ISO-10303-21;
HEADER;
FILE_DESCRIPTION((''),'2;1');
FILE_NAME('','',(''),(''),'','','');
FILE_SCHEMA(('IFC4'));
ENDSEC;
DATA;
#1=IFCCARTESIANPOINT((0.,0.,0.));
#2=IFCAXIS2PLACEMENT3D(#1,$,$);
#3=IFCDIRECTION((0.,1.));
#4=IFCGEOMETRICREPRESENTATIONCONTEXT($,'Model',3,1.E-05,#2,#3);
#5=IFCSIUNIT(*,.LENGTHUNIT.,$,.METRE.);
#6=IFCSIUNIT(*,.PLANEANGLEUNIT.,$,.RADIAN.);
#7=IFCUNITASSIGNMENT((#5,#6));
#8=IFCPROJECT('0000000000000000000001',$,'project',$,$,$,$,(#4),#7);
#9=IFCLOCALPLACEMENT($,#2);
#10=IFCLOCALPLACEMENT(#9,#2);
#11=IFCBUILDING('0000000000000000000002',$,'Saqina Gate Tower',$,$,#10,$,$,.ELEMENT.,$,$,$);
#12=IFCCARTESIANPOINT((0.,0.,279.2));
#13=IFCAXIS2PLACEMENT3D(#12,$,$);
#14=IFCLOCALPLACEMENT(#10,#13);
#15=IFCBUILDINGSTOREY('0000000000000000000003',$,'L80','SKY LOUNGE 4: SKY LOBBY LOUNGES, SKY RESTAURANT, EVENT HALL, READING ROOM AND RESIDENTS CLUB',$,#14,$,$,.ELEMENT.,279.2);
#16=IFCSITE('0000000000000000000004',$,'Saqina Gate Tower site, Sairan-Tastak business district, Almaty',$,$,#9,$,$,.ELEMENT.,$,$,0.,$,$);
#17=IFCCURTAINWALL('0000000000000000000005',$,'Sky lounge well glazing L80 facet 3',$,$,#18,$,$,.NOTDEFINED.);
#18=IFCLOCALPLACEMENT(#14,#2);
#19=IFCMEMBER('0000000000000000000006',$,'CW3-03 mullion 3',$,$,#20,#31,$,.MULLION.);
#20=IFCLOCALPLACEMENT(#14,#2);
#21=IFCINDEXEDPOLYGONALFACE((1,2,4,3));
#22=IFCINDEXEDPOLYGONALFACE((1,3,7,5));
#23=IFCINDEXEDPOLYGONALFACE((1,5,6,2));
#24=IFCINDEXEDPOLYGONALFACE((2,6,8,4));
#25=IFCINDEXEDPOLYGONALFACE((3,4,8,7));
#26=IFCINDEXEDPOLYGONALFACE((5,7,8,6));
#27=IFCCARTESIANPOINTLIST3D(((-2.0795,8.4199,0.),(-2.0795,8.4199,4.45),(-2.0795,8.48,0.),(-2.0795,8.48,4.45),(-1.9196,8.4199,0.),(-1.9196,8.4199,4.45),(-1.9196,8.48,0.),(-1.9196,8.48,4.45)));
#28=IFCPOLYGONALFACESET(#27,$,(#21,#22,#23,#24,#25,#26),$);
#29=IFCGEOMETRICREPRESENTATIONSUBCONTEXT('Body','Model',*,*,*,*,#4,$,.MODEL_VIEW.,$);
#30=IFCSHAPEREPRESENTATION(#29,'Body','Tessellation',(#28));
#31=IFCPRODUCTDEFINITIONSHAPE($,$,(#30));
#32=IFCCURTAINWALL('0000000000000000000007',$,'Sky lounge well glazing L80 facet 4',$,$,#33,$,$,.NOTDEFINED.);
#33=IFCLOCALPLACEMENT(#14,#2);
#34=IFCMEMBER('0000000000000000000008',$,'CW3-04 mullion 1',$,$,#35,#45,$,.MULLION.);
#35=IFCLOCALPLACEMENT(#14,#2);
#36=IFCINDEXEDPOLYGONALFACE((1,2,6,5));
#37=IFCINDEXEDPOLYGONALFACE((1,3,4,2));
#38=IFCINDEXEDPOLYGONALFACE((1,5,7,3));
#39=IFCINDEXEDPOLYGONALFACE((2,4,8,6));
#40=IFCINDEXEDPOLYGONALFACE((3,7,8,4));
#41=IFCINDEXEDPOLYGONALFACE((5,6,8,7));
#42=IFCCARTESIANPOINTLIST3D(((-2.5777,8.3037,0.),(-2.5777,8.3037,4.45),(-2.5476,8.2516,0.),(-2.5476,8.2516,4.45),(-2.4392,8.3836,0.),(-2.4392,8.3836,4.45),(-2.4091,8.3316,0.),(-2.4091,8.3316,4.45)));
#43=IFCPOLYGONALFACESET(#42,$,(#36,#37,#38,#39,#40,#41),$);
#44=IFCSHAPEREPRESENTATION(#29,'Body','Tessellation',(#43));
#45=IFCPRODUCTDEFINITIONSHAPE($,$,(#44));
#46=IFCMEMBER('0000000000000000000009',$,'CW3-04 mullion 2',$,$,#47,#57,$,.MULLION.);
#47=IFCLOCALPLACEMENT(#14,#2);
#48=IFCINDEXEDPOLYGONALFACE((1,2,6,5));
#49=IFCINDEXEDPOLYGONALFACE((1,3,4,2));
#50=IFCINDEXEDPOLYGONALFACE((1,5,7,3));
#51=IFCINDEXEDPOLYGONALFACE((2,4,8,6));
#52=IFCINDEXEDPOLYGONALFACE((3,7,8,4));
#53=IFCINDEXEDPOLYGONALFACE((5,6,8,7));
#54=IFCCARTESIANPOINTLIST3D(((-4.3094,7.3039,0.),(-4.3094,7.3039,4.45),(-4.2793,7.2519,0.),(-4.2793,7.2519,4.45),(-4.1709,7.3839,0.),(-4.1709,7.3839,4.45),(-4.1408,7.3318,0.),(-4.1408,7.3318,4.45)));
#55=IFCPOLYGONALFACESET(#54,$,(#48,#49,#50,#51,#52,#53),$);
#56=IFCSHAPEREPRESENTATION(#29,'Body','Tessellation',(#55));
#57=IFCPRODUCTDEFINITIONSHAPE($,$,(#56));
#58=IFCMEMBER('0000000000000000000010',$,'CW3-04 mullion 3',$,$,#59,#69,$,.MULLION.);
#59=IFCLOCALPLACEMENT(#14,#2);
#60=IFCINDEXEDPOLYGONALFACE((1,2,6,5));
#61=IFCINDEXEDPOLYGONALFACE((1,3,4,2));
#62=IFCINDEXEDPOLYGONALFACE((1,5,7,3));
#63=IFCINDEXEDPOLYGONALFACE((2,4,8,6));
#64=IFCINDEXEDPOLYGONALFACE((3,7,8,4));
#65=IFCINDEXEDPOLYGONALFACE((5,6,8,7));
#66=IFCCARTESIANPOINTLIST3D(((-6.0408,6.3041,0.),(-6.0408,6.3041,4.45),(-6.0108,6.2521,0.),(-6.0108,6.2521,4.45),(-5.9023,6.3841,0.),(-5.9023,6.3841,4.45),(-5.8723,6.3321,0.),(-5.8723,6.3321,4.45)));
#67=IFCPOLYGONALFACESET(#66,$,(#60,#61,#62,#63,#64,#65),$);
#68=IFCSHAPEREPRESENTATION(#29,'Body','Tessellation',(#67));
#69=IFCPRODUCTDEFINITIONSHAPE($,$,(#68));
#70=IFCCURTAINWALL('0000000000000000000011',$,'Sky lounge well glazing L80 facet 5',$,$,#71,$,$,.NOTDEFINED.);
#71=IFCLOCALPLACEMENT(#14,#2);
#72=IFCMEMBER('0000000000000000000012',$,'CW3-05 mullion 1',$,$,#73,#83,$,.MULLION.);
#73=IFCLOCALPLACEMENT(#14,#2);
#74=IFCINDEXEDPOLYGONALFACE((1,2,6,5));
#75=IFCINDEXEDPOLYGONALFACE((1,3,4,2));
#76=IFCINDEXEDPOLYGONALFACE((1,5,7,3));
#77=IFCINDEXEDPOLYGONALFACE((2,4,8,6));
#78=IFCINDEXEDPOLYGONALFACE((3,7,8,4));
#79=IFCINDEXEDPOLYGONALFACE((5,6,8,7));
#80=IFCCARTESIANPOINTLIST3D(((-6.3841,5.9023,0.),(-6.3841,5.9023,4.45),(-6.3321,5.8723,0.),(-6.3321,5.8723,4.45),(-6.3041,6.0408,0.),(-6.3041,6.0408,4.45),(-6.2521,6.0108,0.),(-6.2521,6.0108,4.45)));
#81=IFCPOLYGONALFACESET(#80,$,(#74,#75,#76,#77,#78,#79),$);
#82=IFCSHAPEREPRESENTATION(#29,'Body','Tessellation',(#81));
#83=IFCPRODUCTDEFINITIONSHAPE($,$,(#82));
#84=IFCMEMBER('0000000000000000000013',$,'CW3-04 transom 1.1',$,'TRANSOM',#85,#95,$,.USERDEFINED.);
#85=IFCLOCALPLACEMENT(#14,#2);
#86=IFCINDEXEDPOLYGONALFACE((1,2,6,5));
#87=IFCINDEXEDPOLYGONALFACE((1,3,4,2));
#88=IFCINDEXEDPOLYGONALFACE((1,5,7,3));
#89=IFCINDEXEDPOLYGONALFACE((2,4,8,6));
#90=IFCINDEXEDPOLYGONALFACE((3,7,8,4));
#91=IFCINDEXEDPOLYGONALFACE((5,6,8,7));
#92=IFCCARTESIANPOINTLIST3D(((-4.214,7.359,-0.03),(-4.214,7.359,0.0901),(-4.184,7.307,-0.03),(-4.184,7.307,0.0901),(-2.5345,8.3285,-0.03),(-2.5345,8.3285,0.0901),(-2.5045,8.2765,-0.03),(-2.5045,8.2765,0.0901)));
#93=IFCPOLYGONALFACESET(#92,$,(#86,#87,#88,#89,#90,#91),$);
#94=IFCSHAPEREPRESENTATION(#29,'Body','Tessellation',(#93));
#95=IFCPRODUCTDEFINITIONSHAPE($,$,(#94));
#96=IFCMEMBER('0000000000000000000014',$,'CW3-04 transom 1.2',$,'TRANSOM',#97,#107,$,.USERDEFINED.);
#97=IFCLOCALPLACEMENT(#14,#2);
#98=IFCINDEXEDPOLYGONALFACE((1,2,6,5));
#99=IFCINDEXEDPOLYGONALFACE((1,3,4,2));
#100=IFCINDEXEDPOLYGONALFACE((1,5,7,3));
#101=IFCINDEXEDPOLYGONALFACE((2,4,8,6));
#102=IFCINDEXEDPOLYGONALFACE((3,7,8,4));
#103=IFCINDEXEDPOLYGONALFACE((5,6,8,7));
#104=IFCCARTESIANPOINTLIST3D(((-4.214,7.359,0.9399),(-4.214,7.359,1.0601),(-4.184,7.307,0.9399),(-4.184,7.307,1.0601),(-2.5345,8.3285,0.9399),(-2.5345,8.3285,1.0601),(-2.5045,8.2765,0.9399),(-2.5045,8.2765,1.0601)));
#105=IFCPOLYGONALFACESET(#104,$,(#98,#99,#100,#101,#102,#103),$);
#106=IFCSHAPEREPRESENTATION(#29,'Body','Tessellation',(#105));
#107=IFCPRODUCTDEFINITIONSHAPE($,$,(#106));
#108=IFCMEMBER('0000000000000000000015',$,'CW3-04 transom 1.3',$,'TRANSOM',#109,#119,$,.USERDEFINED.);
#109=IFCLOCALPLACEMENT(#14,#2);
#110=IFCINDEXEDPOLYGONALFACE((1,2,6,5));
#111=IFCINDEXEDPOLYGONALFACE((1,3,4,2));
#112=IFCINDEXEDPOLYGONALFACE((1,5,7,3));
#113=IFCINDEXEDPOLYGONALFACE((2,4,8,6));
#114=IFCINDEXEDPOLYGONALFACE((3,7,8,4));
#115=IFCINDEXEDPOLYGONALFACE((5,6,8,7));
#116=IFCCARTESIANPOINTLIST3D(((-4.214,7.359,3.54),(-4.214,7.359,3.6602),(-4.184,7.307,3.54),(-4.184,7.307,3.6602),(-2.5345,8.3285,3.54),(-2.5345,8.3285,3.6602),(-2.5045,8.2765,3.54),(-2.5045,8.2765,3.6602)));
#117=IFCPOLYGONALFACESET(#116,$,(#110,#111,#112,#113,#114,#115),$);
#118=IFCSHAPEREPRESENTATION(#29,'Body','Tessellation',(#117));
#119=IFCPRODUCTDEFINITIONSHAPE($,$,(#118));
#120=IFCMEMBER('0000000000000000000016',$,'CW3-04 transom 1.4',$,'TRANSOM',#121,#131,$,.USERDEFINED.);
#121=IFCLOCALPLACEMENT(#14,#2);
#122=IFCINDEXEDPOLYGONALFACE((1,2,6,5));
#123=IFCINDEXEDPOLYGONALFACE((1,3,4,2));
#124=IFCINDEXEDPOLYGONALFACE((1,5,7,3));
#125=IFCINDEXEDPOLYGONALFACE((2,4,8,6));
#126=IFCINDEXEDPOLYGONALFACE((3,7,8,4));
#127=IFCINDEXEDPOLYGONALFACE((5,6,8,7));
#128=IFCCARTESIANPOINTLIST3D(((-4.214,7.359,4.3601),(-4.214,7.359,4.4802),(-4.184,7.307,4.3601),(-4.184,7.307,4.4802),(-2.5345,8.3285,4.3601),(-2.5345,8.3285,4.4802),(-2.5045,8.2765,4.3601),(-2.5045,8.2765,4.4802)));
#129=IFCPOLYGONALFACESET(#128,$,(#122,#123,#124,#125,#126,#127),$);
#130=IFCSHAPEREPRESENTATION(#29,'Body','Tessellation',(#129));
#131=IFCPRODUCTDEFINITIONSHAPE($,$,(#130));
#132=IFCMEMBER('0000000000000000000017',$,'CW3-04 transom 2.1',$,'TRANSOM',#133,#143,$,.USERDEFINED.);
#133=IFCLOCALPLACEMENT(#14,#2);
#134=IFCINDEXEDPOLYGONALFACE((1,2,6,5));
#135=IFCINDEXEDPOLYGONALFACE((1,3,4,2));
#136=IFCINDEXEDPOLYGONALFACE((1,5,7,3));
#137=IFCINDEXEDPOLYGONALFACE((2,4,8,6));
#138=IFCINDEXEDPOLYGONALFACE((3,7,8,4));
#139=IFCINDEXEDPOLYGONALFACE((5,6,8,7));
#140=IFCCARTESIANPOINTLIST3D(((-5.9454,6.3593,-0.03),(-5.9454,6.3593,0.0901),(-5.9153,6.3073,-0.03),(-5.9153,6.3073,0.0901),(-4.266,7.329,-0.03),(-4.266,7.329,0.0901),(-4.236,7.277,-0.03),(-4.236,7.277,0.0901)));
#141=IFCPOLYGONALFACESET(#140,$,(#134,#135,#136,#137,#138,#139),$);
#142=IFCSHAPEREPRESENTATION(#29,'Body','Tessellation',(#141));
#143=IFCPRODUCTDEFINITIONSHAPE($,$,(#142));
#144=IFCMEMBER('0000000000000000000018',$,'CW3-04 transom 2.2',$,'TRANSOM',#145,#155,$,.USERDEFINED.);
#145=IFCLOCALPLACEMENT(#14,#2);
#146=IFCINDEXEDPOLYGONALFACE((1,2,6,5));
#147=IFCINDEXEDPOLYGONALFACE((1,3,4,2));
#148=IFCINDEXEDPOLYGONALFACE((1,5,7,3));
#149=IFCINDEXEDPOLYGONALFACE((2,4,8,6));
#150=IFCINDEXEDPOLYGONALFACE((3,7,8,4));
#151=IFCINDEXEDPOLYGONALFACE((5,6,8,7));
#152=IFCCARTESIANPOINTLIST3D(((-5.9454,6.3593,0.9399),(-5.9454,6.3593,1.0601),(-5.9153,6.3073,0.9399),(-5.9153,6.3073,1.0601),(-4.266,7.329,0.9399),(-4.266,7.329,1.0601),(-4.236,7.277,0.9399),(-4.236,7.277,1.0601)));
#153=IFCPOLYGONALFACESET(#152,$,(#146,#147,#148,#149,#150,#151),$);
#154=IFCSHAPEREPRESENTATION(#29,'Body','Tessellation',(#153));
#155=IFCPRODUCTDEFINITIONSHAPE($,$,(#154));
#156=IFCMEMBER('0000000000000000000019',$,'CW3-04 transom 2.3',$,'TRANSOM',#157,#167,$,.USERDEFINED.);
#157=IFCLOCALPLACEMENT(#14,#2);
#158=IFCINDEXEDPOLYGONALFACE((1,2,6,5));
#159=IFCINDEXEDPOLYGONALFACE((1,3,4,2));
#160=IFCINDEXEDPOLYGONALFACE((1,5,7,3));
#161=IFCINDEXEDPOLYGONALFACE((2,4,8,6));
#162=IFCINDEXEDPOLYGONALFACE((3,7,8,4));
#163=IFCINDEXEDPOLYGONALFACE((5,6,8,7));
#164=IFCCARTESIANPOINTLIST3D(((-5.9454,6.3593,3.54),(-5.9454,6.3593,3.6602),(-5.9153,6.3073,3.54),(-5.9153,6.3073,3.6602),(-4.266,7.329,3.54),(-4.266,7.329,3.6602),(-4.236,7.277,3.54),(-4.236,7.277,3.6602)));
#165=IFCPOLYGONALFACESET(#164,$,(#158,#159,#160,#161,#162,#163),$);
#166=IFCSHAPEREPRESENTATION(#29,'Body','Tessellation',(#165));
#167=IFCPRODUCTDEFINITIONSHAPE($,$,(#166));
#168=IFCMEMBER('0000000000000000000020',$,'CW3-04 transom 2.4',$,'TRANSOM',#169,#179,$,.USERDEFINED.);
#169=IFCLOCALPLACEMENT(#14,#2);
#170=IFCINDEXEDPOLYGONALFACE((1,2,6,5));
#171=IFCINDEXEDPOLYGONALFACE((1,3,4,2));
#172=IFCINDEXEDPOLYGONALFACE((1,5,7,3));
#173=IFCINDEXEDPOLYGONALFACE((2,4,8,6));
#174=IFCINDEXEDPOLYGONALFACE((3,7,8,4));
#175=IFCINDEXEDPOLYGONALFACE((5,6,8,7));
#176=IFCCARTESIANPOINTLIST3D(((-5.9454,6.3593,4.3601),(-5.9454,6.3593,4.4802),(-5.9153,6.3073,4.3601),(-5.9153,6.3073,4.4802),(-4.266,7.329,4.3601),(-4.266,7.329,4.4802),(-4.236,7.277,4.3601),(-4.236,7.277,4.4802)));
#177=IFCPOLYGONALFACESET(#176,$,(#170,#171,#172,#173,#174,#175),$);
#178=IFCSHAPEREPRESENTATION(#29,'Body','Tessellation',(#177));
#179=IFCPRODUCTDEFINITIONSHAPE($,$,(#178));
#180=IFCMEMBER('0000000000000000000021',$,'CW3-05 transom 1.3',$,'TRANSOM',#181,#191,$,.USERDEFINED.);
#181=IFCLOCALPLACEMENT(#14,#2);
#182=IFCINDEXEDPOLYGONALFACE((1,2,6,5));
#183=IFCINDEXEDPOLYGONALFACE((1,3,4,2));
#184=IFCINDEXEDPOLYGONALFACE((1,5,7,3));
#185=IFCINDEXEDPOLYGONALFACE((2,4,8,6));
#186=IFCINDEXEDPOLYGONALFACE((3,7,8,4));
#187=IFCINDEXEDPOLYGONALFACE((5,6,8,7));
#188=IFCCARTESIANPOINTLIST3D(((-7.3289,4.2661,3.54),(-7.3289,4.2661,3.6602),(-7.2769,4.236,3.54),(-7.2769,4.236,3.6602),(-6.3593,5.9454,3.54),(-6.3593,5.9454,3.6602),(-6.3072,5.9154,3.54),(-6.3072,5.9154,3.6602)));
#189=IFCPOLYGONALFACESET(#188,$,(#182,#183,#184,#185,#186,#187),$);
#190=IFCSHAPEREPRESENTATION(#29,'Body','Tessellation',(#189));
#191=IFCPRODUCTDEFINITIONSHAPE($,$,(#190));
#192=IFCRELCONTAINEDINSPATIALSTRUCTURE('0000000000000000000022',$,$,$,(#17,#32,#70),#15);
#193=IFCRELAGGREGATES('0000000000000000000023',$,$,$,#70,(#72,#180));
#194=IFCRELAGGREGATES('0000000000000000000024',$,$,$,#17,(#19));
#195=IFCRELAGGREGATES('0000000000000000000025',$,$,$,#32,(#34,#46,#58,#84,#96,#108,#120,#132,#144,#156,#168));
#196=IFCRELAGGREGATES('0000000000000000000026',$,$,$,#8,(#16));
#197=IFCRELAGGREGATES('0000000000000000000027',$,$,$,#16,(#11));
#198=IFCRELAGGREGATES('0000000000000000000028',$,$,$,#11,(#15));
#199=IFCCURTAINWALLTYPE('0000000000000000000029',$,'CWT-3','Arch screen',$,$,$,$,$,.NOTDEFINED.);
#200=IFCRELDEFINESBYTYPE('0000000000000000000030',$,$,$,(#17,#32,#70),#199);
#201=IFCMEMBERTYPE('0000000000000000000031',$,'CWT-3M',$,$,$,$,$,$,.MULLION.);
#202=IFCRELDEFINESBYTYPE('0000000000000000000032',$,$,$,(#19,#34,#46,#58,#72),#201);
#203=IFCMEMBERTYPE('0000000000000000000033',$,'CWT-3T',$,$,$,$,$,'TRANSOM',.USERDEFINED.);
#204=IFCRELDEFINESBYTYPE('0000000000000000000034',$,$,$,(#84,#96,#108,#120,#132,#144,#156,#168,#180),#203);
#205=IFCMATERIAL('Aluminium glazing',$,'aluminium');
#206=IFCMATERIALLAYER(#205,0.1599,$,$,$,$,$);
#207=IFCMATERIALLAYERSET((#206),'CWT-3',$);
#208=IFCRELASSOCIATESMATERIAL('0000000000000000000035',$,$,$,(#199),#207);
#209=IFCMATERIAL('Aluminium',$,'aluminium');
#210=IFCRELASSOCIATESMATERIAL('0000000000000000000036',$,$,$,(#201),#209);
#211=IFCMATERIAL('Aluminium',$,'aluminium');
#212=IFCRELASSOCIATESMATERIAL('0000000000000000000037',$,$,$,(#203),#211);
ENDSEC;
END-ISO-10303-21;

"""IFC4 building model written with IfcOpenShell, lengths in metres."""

from ifc_helpers import new_model, si_unit, direction, frame, origin, origin_2d, place, context, subcontext, project, spatial, rectangle, extrude, material, layer, layer_set, material_profile, profile_set, type_object, element, aggregate, save


model = new_model("IFC4")

# Units and contexts
model_context = context("Model", 3, precision=1e-05, world=origin(), true_north=direction((0.0, 1.0)))
body_context = subcontext(model_context, "Body", "Model", "MODEL_VIEW")
ifc_project = project(units=[si_unit("LENGTHUNIT", "METRE"), si_unit("PLANEANGLEUNIT", "RADIAN")], contexts=[model_context])

# Site, building, storey
site_placement = place(None, origin())
site = spatial("IfcSite", under=ifc_project, at=site_placement, Name="Saqina Gate Tower site, Sairan-Tastak business district, Almaty", CompositionType="ELEMENT", RefElevation=0.0)
building_placement = place(site_placement, origin())
building = spatial("IfcBuilding", under=site, at=building_placement, Name="Saqina Gate Tower", CompositionType="ELEMENT")
storey_placement = place(building_placement, frame((0.0, 0.0, 279.2)))
storey = spatial("IfcBuildingStorey", under=building, at=storey_placement, Name="L80", Description="SKY LOUNGE 4: SKY LOBBY LOUNGES, SKY RESTAURANT, EVENT HALL, READING ROOM AND RESIDENTS CLUB", CompositionType="ELEMENT", Elevation=279.2)

# Curtain wall, member
ifc_material_1 = material(Name="Aluminium glazing", Category="aluminium")
ifc_layer_1 = layer(ifc_material_1, 0.1599)
ifc_layer_set_1 = layer_set([ifc_layer_1], Name="CWT-3")
curtain_wall_type = type_object("IfcCurtainWallType", Name="CWT-3", Description="Arch screen", PredefinedType="NOTDEFINED", material=ifc_layer_set_1)
curtain_wall_1_placement = place(storey_placement, origin())
curtain_wall_1 = element("IfcCurtainWall", 1, at=curtain_wall_1_placement, inside=storey, type_object=curtain_wall_type, Name="Sky lounge well glazing L80 facet 3", PredefinedType="NOTDEFINED")
ifc_material_2 = material(Name="Aluminium", Category="aluminium")
ifc_material_profile_1 = material_profile(ifc_material_2, rectangle(XDim=0.0601, YDim=0.1599, at=origin_2d()), Name="Aluminium 60x160")
ifc_profile_set_1 = profile_set([ifc_material_profile_1], Name="Aluminium")
member_type_1 = type_object("IfcMemberType", Name="CWT-3M", PredefinedType="MULLION", material=ifc_profile_set_1)
member_1_placement = place(storey_placement, frame((-1.9995, 8.45, 0.0), z_axis=(0.0, 0.0, 1.0), x_axis=(0.0, -1.0, 0.0)))
member_1 = element("IfcMember", 2, at=member_1_placement, type_object=member_type_1, Name="CW3-03 mullion 3", PredefinedType="MULLION", context=body_context, shape_type="SweptSolid", body=[
    extrude(rectangle(XDim=0.0601, YDim=0.1599, at=origin_2d()), origin(), (0.0, 0.0, 1.0), 4.45),
])

# Curtain wall, members
curtain_wall_2_placement = place(storey_placement, origin())
curtain_wall_2 = element("IfcCurtainWall", 3, at=curtain_wall_2_placement, inside=storey, type_object=curtain_wall_type, Name="Sky lounge well glazing L80 facet 4", PredefinedType="NOTDEFINED")
member_2_placement = place(storey_placement, frame((-2.4934, 8.3176, 0.0), z_axis=(0.0, 0.0, 1.0), x_axis=(0.500003, -0.866024, 0.0)))
member_2 = element("IfcMember", 4, at=member_2_placement, type_object=member_type_1, Name="CW3-04 mullion 1", PredefinedType="MULLION", context=body_context, shape_type="SweptSolid", body=[
    extrude(rectangle(XDim=0.0601, YDim=0.1599, at=origin_2d()), origin(), (0.0, 0.0, 1.0), 4.45),
])
member_3_placement = place(storey_placement, frame((-4.2251, 7.3179, 0.0), z_axis=(0.0, 0.0, 1.0), x_axis=(0.500003, -0.866024, 0.0)))
member_3 = element("IfcMember", 5, at=member_3_placement, type_object=member_type_1, Name="CW3-04 mullion 2", PredefinedType="MULLION", context=body_context, shape_type="SweptSolid", body=[
    extrude(rectangle(XDim=0.0601, YDim=0.1599, at=origin_2d()), origin(), (0.0, 0.0, 1.0), 4.45),
])
member_4_placement = place(storey_placement, frame((-5.9565, 6.3181, 0.0), z_axis=(0.0, 0.0, 1.0), x_axis=(0.500003, -0.866024, 0.0)))
member_4 = element("IfcMember", 6, at=member_4_placement, type_object=member_type_1, Name="CW3-04 mullion 3", PredefinedType="MULLION", context=body_context, shape_type="SweptSolid", body=[
    extrude(rectangle(XDim=0.0601, YDim=0.1599, at=origin_2d()), origin(), (0.0, 0.0, 1.0), 4.45),
])

# Curtain wall, member
curtain_wall_3_placement = place(storey_placement, origin())
curtain_wall_3 = element("IfcCurtainWall", 7, at=curtain_wall_3_placement, inside=storey, type_object=curtain_wall_type, Name="Sky lounge well glazing L80 facet 5", PredefinedType="NOTDEFINED")
member_5_placement = place(storey_placement, frame((-6.3181, 5.9565, 0.0), z_axis=(0.0, 0.0, 1.0), x_axis=(0.866024, -0.500003, 0.0)))
member_5 = element("IfcMember", 8, at=member_5_placement, type_object=member_type_1, Name="CW3-05 mullion 1", PredefinedType="MULLION", context=body_context, shape_type="SweptSolid", body=[
    extrude(rectangle(XDim=0.0601, YDim=0.1599, at=origin_2d()), origin(), (0.0, 0.0, 1.0), 4.45),
])

# Members
ifc_material_3 = material(Name="Aluminium", Category="aluminium")
ifc_material_profile_2 = material_profile(ifc_material_3, rectangle(XDim=0.0601, YDim=0.1201, at=origin_2d()), Name="Aluminium 60x120")
ifc_profile_set_2 = profile_set([ifc_material_profile_2], Name="Aluminium")
member_type_2 = type_object("IfcMemberType", Name="CWT-3T", ElementType="TRANSOM", PredefinedType="USERDEFINED", material=ifc_profile_set_2)
member_6_placement = place(storey_placement, frame((-2.5195, 8.3025, 0.03), z_axis=(-0.866058, -0.499944, 0.0), x_axis=(0.499944, -0.866058, 0.0)))
member_6 = element("IfcMember", 9, at=member_6_placement, type_object=member_type_2, Name="CW3-04 transom 1.1", ObjectType="TRANSOM", PredefinedType="USERDEFINED", context=body_context, shape_type="SweptSolid", body=[
    extrude(rectangle(XDim=0.0601, YDim=0.1201, at=origin_2d()), origin(), (0.0, 0.0, 1.0), 1.9392),
])
member_7_placement = place(storey_placement, frame((-2.5195, 8.3025, 1.0), z_axis=(-0.866058, -0.499944, 0.0), x_axis=(0.499944, -0.866058, 0.0)))
member_7 = element("IfcMember", 10, at=member_7_placement, type_object=member_type_2, Name="CW3-04 transom 1.2", ObjectType="TRANSOM", PredefinedType="USERDEFINED", context=body_context, shape_type="SweptSolid", body=[
    extrude(rectangle(XDim=0.0601, YDim=0.1201, at=origin_2d()), origin(), (0.0, 0.0, 1.0), 1.9392),
])
member_8_placement = place(storey_placement, frame((-2.5195, 8.3025, 3.6001), z_axis=(-0.866058, -0.499944, 0.0), x_axis=(0.499944, -0.866058, 0.0)))
member_8 = element("IfcMember", 11, at=member_8_placement, type_object=member_type_2, Name="CW3-04 transom 1.3", ObjectType="TRANSOM", PredefinedType="USERDEFINED", context=body_context, shape_type="SweptSolid", body=[
    extrude(rectangle(XDim=0.0601, YDim=0.1201, at=origin_2d()), origin(), (0.0, 0.0, 1.0), 1.9392),
])
member_9_placement = place(storey_placement, frame((-2.5195, 8.3025, 4.4202), z_axis=(-0.866058, -0.499944, 0.0), x_axis=(0.499944, -0.866058, 0.0)))
member_9 = element("IfcMember", 12, at=member_9_placement, type_object=member_type_2, Name="CW3-04 transom 1.4", ObjectType="TRANSOM", PredefinedType="USERDEFINED", context=body_context, shape_type="SweptSolid", body=[
    extrude(rectangle(XDim=0.0601, YDim=0.1201, at=origin_2d()), origin(), (0.0, 0.0, 1.0), 1.9392),
])
member_10_placement = place(storey_placement, frame((-4.251, 7.303, 0.03), z_axis=(-0.866003, -0.500038, 0.0), x_axis=(0.500038, -0.866003, 0.0)))
member_10 = element("IfcMember", 13, at=member_10_placement, type_object=member_type_2, Name="CW3-04 transom 2.1", ObjectType="TRANSOM", PredefinedType="USERDEFINED", context=body_context, shape_type="SweptSolid", body=[
    extrude(rectangle(XDim=0.0601, YDim=0.1201, at=origin_2d()), origin(), (0.0, 0.0, 1.0), 1.9392),
])
member_11_placement = place(storey_placement, frame((-4.251, 7.303, 1.0), z_axis=(-0.866003, -0.500038, 0.0), x_axis=(0.500038, -0.866003, 0.0)))
member_11 = element("IfcMember", 14, at=member_11_placement, type_object=member_type_2, Name="CW3-04 transom 2.2", ObjectType="TRANSOM", PredefinedType="USERDEFINED", context=body_context, shape_type="SweptSolid", body=[
    extrude(rectangle(XDim=0.0601, YDim=0.1201, at=origin_2d()), origin(), (0.0, 0.0, 1.0), 1.9392),
])
member_12_placement = place(storey_placement, frame((-4.251, 7.303, 3.6001), z_axis=(-0.866003, -0.500038, 0.0), x_axis=(0.500038, -0.866003, 0.0)))
member_12 = element("IfcMember", 15, at=member_12_placement, type_object=member_type_2, Name="CW3-04 transom 2.3", ObjectType="TRANSOM", PredefinedType="USERDEFINED", context=body_context, shape_type="SweptSolid", body=[
    extrude(rectangle(XDim=0.0601, YDim=0.1201, at=origin_2d()), origin(), (0.0, 0.0, 1.0), 1.9392),
])
member_13_placement = place(storey_placement, frame((-4.251, 7.303, 4.4202), z_axis=(-0.866003, -0.500038, 0.0), x_axis=(0.500038, -0.866003, 0.0)))
member_13 = element("IfcMember", 16, at=member_13_placement, type_object=member_type_2, Name="CW3-04 transom 2.4", ObjectType="TRANSOM", PredefinedType="USERDEFINED", context=body_context, shape_type="SweptSolid", body=[
    extrude(rectangle(XDim=0.0601, YDim=0.1201, at=origin_2d()), origin(), (0.0, 0.0, 1.0), 1.9392),
])
member_14_placement = place(storey_placement, frame((-6.3333, 5.9304, 3.6001), z_axis=(-0.500038, -0.866003, 0.0), x_axis=(0.866003, -0.500038, 0.0)))
member_14 = element("IfcMember", 17, at=member_14_placement, type_object=member_type_2, Name="CW3-05 transom 1.3", ObjectType="TRANSOM", PredefinedType="USERDEFINED", context=body_context, shape_type="SweptSolid", body=[
    extrude(rectangle(XDim=0.0601, YDim=0.1201, at=origin_2d()), origin(), (0.0, 0.0, 1.0), 1.9392),
])
aggregate(curtain_wall_3, [member_5, member_14])

aggregate(curtain_wall_1, [member_1])
aggregate(curtain_wall_2, [member_2, member_3, member_4, member_6, member_7, member_8, member_9, member_10, member_11, member_12, member_13])

save(model, "model.ifc")
